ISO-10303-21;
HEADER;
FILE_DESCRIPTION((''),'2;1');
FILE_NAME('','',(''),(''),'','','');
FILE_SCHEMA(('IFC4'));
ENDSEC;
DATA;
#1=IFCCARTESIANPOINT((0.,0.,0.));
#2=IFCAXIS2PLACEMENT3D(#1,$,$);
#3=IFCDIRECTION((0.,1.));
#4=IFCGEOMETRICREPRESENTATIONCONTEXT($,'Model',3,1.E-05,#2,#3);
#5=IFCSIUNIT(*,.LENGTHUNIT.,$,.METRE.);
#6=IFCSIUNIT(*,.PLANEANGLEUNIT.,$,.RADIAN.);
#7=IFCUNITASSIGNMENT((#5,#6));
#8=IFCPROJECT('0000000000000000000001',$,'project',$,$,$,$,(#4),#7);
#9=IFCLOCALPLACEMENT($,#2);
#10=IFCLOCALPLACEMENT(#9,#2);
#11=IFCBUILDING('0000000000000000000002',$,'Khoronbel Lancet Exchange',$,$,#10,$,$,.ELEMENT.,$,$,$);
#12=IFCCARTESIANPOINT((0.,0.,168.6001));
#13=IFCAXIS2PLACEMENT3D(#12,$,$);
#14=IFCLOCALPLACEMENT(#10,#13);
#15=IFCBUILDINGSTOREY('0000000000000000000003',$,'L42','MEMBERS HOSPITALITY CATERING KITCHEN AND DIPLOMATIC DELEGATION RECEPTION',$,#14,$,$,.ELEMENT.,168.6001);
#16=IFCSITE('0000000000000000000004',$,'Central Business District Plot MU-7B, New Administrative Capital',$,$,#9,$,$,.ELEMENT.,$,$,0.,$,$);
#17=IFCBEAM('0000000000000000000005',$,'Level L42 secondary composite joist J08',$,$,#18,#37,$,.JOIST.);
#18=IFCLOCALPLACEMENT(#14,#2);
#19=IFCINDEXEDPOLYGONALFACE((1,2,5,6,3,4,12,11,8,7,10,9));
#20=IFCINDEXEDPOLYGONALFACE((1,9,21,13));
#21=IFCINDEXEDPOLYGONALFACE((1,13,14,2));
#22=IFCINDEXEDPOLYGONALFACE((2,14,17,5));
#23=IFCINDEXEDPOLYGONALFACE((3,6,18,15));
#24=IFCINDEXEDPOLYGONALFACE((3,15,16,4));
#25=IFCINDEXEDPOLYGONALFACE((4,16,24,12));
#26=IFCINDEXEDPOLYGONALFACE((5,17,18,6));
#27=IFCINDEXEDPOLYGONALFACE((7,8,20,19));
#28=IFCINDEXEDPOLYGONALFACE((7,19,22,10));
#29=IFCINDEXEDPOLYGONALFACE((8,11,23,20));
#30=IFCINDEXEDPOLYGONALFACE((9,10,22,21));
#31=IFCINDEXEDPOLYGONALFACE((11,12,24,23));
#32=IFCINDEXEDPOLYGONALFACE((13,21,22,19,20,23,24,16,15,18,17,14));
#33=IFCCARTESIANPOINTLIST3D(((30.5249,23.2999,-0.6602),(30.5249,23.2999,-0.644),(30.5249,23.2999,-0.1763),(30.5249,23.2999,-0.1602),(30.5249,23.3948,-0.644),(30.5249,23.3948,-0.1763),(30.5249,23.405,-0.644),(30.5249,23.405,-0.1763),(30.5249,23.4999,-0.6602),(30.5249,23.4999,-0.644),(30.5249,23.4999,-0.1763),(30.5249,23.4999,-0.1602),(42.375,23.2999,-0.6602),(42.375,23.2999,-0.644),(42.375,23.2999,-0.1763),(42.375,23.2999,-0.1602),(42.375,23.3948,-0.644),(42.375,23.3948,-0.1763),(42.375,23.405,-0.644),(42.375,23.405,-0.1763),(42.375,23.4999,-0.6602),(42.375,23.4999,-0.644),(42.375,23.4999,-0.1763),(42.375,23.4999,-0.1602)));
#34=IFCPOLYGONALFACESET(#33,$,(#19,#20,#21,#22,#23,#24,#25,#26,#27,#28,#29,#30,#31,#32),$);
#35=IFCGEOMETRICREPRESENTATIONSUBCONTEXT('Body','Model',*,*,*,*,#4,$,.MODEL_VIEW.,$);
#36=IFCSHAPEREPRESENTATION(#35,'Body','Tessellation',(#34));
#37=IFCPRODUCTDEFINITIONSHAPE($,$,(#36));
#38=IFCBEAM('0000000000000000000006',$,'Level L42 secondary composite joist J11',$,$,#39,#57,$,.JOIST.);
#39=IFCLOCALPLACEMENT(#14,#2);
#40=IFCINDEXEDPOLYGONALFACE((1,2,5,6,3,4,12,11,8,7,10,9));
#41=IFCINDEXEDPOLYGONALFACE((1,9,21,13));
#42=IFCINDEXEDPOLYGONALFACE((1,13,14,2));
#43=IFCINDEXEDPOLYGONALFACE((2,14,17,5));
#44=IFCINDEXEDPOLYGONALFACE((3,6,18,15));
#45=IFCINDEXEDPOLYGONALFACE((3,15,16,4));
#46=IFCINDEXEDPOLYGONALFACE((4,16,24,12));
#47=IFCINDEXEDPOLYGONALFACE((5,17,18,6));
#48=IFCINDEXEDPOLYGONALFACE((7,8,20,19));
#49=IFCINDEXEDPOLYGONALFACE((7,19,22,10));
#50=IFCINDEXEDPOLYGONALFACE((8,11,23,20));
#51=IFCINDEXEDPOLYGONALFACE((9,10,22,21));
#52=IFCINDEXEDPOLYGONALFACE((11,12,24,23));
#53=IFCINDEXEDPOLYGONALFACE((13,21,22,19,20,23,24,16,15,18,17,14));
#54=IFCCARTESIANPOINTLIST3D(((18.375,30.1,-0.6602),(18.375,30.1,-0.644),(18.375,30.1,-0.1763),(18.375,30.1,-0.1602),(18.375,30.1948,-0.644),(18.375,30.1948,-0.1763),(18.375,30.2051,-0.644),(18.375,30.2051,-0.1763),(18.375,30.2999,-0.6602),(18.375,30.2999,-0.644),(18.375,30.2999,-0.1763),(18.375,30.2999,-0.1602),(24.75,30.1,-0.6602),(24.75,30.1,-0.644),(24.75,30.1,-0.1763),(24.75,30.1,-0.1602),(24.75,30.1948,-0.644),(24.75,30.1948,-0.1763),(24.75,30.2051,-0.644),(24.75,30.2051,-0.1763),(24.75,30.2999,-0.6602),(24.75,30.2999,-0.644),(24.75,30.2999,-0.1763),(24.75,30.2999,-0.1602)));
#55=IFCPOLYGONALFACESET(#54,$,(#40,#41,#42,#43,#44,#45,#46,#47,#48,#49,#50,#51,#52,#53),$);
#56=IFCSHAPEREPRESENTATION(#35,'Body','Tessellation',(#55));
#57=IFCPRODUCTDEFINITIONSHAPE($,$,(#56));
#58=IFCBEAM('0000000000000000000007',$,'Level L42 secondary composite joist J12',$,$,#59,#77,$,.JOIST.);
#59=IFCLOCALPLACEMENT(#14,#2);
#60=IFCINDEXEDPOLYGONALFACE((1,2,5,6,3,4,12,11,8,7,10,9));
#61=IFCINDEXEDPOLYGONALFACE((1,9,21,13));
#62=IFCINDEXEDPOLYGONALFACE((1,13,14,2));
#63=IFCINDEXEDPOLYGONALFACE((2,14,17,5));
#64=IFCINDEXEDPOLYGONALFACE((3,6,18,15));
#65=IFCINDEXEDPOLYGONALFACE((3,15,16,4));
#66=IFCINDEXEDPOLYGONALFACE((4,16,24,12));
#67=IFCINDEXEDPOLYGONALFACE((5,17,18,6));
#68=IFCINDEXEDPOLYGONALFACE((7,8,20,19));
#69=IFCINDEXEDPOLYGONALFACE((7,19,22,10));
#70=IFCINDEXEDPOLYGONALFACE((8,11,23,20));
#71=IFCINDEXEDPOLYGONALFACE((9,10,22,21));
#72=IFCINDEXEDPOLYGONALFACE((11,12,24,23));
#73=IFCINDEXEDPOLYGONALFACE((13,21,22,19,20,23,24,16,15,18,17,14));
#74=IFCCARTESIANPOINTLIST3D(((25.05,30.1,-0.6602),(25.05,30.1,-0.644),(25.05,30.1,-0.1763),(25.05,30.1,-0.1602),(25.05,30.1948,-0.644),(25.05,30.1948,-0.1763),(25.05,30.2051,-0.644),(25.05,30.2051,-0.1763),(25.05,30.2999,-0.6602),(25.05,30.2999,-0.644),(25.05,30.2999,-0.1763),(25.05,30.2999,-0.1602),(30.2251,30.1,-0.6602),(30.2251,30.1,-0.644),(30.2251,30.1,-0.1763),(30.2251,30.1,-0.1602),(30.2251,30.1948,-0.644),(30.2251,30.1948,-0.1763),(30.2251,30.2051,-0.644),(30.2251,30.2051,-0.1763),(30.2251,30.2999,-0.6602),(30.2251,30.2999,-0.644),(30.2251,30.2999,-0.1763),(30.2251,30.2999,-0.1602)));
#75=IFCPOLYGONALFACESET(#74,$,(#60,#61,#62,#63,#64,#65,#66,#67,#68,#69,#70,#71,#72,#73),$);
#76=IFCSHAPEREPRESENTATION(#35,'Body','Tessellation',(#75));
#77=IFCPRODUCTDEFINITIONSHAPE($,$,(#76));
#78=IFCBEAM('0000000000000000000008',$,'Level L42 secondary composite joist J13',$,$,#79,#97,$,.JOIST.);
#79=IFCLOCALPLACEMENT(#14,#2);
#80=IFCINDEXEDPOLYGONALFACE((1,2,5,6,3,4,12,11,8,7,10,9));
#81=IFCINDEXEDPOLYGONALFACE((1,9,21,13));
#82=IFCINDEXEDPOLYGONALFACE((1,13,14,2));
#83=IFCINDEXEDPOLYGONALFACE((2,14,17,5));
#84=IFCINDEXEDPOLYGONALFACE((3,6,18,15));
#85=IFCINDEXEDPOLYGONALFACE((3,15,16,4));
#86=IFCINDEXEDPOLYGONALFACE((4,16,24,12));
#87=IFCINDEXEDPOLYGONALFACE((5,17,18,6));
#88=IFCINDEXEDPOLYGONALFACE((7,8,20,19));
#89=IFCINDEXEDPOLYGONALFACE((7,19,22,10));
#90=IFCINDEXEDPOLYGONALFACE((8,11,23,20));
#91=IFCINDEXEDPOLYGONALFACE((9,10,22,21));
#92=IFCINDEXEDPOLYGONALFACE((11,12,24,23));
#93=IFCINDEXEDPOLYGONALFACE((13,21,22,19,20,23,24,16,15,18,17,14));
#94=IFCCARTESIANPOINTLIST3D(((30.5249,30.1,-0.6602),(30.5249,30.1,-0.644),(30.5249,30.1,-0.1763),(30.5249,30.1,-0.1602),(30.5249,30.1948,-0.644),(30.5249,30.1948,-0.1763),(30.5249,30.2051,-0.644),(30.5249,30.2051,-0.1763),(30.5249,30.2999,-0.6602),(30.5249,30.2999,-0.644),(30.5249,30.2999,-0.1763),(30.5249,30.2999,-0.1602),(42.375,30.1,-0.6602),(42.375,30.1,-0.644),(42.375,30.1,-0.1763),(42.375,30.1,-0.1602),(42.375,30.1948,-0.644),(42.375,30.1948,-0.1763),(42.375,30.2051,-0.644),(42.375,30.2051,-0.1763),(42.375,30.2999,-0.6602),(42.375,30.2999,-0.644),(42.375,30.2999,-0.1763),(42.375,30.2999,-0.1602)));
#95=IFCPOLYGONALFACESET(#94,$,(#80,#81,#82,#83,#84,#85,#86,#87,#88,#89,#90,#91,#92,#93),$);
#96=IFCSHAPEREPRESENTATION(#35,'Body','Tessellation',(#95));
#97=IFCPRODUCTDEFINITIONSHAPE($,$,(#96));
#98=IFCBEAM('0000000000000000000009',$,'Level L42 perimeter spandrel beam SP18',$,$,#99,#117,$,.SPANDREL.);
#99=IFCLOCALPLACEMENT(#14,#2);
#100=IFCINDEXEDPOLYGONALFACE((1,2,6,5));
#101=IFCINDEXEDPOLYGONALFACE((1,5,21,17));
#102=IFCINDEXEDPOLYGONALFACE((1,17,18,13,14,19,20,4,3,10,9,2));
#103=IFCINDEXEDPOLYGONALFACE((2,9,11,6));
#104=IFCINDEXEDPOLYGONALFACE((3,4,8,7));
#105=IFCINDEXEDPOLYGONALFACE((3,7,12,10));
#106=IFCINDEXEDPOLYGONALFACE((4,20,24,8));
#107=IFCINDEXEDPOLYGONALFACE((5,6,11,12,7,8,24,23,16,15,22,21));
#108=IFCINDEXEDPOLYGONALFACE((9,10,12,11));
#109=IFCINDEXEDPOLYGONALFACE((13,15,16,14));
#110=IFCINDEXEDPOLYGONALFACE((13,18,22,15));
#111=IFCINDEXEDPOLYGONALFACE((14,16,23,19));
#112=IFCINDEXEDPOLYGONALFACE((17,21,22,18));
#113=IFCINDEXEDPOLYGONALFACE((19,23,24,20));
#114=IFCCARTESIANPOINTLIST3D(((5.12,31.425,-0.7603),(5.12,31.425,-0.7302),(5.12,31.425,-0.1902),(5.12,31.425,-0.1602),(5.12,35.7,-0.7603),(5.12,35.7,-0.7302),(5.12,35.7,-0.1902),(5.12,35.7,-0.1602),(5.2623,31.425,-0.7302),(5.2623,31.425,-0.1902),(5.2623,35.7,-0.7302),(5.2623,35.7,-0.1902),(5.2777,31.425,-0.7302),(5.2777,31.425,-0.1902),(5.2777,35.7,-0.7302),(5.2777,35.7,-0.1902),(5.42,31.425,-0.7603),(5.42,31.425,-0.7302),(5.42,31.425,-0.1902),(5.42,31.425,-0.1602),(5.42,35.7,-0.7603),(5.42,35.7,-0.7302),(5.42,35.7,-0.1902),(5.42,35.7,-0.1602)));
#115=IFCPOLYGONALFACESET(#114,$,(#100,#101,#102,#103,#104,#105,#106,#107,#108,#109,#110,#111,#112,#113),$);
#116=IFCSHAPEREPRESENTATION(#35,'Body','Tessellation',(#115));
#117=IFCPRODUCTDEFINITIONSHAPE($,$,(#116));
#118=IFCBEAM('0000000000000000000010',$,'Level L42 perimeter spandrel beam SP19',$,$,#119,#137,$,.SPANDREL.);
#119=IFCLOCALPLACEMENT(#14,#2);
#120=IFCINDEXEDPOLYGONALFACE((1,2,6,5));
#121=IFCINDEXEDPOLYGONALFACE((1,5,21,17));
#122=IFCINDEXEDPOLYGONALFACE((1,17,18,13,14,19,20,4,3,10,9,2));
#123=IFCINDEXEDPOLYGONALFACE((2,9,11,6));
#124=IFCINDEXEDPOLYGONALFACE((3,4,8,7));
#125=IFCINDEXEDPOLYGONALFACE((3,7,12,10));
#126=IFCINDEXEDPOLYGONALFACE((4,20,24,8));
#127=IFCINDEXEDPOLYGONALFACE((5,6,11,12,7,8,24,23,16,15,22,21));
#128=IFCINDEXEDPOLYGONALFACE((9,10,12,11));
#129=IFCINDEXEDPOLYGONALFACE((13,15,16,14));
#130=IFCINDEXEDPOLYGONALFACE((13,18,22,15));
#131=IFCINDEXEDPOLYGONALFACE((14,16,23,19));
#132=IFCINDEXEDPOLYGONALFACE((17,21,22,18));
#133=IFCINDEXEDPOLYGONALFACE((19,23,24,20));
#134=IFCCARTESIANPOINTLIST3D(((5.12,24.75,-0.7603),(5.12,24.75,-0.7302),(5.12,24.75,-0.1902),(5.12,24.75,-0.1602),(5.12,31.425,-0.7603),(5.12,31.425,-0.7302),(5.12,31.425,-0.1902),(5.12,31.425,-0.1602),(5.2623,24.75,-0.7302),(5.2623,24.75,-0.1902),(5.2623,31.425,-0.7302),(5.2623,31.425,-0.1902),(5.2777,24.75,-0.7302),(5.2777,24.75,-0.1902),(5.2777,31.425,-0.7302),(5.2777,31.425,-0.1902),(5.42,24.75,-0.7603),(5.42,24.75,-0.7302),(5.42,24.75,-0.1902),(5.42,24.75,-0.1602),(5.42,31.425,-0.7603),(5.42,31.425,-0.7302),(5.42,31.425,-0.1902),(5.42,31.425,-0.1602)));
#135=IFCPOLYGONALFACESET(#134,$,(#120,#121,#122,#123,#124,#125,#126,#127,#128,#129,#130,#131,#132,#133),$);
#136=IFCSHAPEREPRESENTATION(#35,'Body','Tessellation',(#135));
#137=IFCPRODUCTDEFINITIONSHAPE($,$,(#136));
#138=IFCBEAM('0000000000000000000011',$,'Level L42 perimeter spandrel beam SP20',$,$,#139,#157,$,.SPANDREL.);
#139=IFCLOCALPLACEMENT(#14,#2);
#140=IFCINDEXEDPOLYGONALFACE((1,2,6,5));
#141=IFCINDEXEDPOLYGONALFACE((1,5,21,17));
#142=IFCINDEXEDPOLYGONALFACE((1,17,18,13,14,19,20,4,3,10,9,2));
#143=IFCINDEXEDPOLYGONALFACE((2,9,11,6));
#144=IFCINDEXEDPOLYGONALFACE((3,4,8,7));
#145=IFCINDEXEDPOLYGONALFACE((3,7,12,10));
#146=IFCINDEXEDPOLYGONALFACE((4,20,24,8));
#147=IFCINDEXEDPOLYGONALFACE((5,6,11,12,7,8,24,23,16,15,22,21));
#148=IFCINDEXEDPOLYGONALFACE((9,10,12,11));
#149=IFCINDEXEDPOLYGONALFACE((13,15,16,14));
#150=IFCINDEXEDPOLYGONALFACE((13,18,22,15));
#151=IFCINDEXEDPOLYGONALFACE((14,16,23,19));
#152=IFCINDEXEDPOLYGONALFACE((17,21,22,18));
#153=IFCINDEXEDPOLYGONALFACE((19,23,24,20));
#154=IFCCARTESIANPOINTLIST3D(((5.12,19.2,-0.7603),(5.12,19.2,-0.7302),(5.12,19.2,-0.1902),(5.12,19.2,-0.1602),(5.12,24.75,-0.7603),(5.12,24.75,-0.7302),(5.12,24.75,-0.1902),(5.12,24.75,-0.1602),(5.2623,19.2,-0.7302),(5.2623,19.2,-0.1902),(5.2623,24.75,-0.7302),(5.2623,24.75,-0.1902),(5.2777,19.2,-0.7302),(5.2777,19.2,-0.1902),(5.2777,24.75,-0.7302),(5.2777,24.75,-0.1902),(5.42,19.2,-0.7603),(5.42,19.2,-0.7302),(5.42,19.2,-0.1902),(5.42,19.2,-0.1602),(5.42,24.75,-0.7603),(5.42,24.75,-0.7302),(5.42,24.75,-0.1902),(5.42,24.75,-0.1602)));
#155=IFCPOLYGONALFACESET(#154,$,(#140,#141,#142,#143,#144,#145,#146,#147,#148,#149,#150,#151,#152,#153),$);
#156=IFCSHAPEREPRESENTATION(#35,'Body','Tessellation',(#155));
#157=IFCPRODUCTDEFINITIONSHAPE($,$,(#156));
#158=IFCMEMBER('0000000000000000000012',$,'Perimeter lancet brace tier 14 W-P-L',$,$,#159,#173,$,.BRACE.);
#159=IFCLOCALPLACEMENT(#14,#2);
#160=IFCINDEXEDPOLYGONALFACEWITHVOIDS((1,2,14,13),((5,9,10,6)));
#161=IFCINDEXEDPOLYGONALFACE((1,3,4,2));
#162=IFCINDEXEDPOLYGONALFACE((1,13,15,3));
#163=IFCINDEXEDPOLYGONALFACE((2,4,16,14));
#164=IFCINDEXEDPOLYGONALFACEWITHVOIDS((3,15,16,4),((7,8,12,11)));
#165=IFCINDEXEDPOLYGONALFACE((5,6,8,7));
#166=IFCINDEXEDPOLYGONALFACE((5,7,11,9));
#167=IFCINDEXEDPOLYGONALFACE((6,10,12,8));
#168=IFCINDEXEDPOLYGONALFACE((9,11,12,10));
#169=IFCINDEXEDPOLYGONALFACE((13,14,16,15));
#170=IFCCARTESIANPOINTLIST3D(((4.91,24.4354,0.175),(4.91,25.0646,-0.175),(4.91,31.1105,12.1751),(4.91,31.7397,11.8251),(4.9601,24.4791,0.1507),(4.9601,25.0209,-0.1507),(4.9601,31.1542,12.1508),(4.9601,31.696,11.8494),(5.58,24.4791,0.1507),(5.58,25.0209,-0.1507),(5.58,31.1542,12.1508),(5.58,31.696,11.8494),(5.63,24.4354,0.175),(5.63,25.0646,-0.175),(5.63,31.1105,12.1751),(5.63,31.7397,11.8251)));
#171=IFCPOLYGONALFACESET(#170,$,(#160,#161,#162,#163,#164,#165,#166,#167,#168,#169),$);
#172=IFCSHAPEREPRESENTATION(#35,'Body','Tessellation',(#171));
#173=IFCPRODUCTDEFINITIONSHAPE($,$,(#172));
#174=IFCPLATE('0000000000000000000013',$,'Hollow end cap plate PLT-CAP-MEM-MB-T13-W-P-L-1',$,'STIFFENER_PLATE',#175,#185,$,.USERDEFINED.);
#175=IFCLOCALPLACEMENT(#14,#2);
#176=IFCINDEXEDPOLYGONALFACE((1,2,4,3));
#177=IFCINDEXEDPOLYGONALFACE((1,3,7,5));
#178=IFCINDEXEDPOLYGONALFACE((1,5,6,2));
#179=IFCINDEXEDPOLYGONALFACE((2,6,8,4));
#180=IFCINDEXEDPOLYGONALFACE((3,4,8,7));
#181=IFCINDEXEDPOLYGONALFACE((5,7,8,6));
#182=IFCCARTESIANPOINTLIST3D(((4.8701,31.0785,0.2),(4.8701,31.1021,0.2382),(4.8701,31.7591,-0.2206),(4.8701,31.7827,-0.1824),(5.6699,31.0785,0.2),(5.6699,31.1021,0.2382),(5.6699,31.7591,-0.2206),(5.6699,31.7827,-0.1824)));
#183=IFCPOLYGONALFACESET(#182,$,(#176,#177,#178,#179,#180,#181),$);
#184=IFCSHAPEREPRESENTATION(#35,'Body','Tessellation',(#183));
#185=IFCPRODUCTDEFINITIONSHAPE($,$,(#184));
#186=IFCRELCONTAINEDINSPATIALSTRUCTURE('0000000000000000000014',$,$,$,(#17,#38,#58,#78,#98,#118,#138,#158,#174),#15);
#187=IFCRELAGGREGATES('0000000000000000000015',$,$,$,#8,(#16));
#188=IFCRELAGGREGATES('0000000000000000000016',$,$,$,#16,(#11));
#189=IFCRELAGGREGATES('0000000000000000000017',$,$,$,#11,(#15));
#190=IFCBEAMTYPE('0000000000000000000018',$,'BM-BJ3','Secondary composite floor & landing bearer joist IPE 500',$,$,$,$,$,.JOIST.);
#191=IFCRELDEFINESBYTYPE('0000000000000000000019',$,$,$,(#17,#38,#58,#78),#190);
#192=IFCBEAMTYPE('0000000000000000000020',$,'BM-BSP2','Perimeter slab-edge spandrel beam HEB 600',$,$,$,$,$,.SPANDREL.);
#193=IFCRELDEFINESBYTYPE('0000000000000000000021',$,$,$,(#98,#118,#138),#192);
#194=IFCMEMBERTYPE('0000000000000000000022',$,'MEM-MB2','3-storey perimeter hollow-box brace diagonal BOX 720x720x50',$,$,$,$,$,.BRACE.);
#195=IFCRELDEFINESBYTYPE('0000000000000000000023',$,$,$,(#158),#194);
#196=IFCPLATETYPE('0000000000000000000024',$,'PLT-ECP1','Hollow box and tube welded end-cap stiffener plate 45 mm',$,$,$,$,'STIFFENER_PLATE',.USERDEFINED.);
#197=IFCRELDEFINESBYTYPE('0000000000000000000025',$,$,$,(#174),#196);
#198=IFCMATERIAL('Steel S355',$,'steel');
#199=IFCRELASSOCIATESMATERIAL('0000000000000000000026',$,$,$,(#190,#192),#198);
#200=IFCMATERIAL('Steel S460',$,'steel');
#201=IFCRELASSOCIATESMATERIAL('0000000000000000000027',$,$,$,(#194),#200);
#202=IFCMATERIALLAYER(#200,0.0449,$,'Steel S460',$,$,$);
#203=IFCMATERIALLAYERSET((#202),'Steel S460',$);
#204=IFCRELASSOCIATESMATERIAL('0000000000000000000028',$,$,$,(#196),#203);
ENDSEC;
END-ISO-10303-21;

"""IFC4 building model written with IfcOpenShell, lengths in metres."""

from ifc_helpers import new_model, si_unit, direction, frame, origin, origin_2d, place, context, subcontext, project, spatial, polyline, hollow_rectangle, i_section, outline, extrude, material, layer, layer_set, material_profile, profile_set, type_object, element, save


model = new_model("IFC4")

# Units and contexts
model_context = context("Model", 3, precision=1e-05, world=origin(), true_north=direction((0.0, 1.0)))
body_context = subcontext(model_context, "Body", "Model", "MODEL_VIEW")
ifc_project = project(units=[si_unit("LENGTHUNIT", "METRE"), si_unit("PLANEANGLEUNIT", "RADIAN")], contexts=[model_context])

# Site, building, storey
site_placement = place(None, origin())
site = spatial("IfcSite", under=ifc_project, at=site_placement, Name="Central Business District Plot MU-7B, New Administrative Capital", CompositionType="ELEMENT", RefElevation=0.0)
building_placement = place(site_placement, origin())
building = spatial("IfcBuilding", under=site, at=building_placement, Name="Khoronbel Lancet Exchange", CompositionType="ELEMENT")
storey_placement = place(building_placement, frame((0.0, 0.0, 168.6001)))
storey = spatial("IfcBuildingStorey", under=building, at=storey_placement, Name="L42", Description="MEMBERS HOSPITALITY CATERING KITCHEN AND DIPLOMATIC DELEGATION RECEPTION", CompositionType="ELEMENT", Elevation=168.6001)

# Shared definitions
ifc_material_1 = material(Name="Steel S355", Category="steel")

# Beams
ifc_material_profile_1 = material_profile(ifc_material_1, i_section(OverallWidth=0.2, OverallDepth=0.5, WebThickness=0.0103, FlangeThickness=0.0161, at=origin_2d()), Name="IPE 500")
ifc_profile_set_1 = profile_set([ifc_material_profile_1], Name="Steel S355")
beam_type_1 = type_object("IfcBeamType", Name="BM-BJ3", Description="Secondary composite floor & landing bearer joist IPE 500", PredefinedType="JOIST", material=ifc_profile_set_1)
beam_1_placement = place(storey_placement, frame((30.5249, 23.3999, -0.4102), z_axis=(1.0, 0.0, 0.0), x_axis=(0.0, 1.0, 0.0)))
element("IfcBeam", 1, at=beam_1_placement, inside=storey, type_object=beam_type_1, Name="Level L42 secondary composite joist J08", PredefinedType="JOIST", context=body_context, shape_type="SweptSolid", body=[
    extrude(i_section(OverallWidth=0.2, OverallDepth=0.5, WebThickness=0.0103, FlangeThickness=0.0161, at=origin_2d()), origin(), (0.0, 0.0, 1.0), 11.8501),
])
beam_2_placement = place(storey_placement, frame((18.375, 30.2, -0.4102), z_axis=(1.0, 0.0, 0.0), x_axis=(0.0, 1.0, 0.0)))
element("IfcBeam", 2, at=beam_2_placement, inside=storey, type_object=beam_type_1, Name="Level L42 secondary composite joist J11", PredefinedType="JOIST", context=body_context, shape_type="SweptSolid", body=[
    extrude(i_section(OverallWidth=0.2, OverallDepth=0.5, WebThickness=0.0103, FlangeThickness=0.0161, at=origin_2d()), origin(), (0.0, 0.0, 1.0), 6.375),
])
beam_3_placement = place(storey_placement, frame((25.05, 30.2, -0.4102), z_axis=(1.0, 0.0, 0.0), x_axis=(0.0, 1.0, 0.0)))
element("IfcBeam", 3, at=beam_3_placement, inside=storey, type_object=beam_type_1, Name="Level L42 secondary composite joist J12", PredefinedType="JOIST", context=body_context, shape_type="SweptSolid", body=[
    extrude(i_section(OverallWidth=0.2, OverallDepth=0.5, WebThickness=0.0103, FlangeThickness=0.0161, at=origin_2d()), origin(), (0.0, 0.0, 1.0), 5.175),
])
beam_4_placement = place(storey_placement, frame((30.5249, 30.2, -0.4102), z_axis=(1.0, 0.0, 0.0), x_axis=(0.0, 1.0, 0.0)))
element("IfcBeam", 4, at=beam_4_placement, inside=storey, type_object=beam_type_1, Name="Level L42 secondary composite joist J13", PredefinedType="JOIST", context=body_context, shape_type="SweptSolid", body=[
    extrude(i_section(OverallWidth=0.2, OverallDepth=0.5, WebThickness=0.0103, FlangeThickness=0.0161, at=origin_2d()), origin(), (0.0, 0.0, 1.0), 11.8501),
])
ifc_material_profile_2 = material_profile(ifc_material_1, i_section(OverallWidth=0.3, OverallDepth=0.6001, WebThickness=0.0154, FlangeThickness=0.03, at=origin_2d()), Name="HEB 600")
ifc_profile_set_2 = profile_set([ifc_material_profile_2], Name="Steel S355")
beam_type_2 = type_object("IfcBeamType", Name="BM-BSP2", Description="Perimeter slab-edge spandrel beam HEB 600", PredefinedType="SPANDREL", material=ifc_profile_set_2)
beam_5_placement = place(storey_placement, frame((5.27, 35.7, -0.4602), z_axis=(0.0, -1.0, 0.0), x_axis=(1.0, 0.0, 0.0)))
element("IfcBeam", 5, at=beam_5_placement, inside=storey, type_object=beam_type_2, Name="Level L42 perimeter spandrel beam SP18", PredefinedType="SPANDREL", context=body_context, shape_type="SweptSolid", body=[
    extrude(i_section(OverallWidth=0.3, OverallDepth=0.6001, WebThickness=0.0154, FlangeThickness=0.03, at=origin_2d()), origin(), (0.0, 0.0, 1.0), 4.2749),
])
beam_6_placement = place(storey_placement, frame((5.27, 31.425, -0.4602), z_axis=(0.0, -1.0, 0.0), x_axis=(1.0, 0.0, 0.0)))
element("IfcBeam", 6, at=beam_6_placement, inside=storey, type_object=beam_type_2, Name="Level L42 perimeter spandrel beam SP19", PredefinedType="SPANDREL", context=body_context, shape_type="SweptSolid", body=[
    extrude(i_section(OverallWidth=0.3, OverallDepth=0.6001, WebThickness=0.0154, FlangeThickness=0.03, at=origin_2d()), origin(), (0.0, 0.0, 1.0), 6.675),
])
beam_7_placement = place(storey_placement, frame((5.27, 24.75, -0.4602), z_axis=(0.0, -1.0, 0.0), x_axis=(1.0, 0.0, 0.0)))
element("IfcBeam", 7, at=beam_7_placement, inside=storey, type_object=beam_type_2, Name="Level L42 perimeter spandrel beam SP20", PredefinedType="SPANDREL", context=body_context, shape_type="SweptSolid", body=[
    extrude(i_section(OverallWidth=0.3, OverallDepth=0.6001, WebThickness=0.0154, FlangeThickness=0.03, at=origin_2d()), origin(), (0.0, 0.0, 1.0), 5.55),
])

# Member
ifc_material_2 = material(Name="Steel S460", Category="steel")
ifc_material_profile_3 = material_profile(ifc_material_2, hollow_rectangle(XDim=0.72, YDim=0.72, WallThickness=0.05, at=origin_2d()), Name="BOX 720x720x50")
ifc_profile_set_3 = profile_set([ifc_material_profile_3], Name="Steel S460")
member_type = type_object("IfcMemberType", Name="MEM-MB2", Description="3-storey perimeter hollow-box brace diagonal BOX 720x720x50", PredefinedType="BRACE", material=ifc_profile_set_3)
member_placement = place(storey_placement, frame((5.27, 24.75, 0.0), z_axis=(0.0, 0.486109, 0.873898), x_axis=(-1.0, 0.0, 0.0)))
element("IfcMember", 8, at=member_placement, inside=storey, type_object=member_type, Name="Perimeter lancet brace tier 14 W-P-L", PredefinedType="BRACE", context=body_context, shape_type="SweptSolid", body=[
    extrude(hollow_rectangle(XDim=0.72, YDim=0.72, WallThickness=0.05, at=origin_2d()), origin(), (0.0, 0.0, 1.0), 13.7317),
])

# Plate
ifc_layer_1 = layer(ifc_material_2, 0.0449, Name="Steel S460")
ifc_layer_set_1 = layer_set([ifc_layer_1], Name="Steel S460")
plate_type = type_object("IfcPlateType", Name="PLT-ECP1", Description="Hollow box and tube welded end-cap stiffener plate 45 mm", ElementType="STIFFENER_PLATE", PredefinedType="USERDEFINED", material=ifc_layer_set_1)
for number, where, z_axis, x_axis, name in (
    (9, (5.6699, 31.7827, -0.1824), (0.0, 0.525714, 0.850662), (-1.0, 0.0, 0.0), "Hollow end cap plate PLT-CAP-MEM-MB-T13-W-P-L-1"),
):
    element("IfcPlate", number, at=place(storey_placement, frame(where, z_axis=z_axis, x_axis=x_axis)), inside=storey, type_object=plate_type, Name=name, ObjectType="STIFFENER_PLATE", PredefinedType="USERDEFINED", context=body_context, shape_type="SweptSolid", body=[
        extrude(outline(polyline([(0.0, 0.0), (0.7998, 0.0), (0.7998, 0.8), (0.0, 0.8), (0.0, 0.0)])), origin(), (0.0, 0.0, -1.0), 0.0449),
    ])

save(model, "model.ifc")
